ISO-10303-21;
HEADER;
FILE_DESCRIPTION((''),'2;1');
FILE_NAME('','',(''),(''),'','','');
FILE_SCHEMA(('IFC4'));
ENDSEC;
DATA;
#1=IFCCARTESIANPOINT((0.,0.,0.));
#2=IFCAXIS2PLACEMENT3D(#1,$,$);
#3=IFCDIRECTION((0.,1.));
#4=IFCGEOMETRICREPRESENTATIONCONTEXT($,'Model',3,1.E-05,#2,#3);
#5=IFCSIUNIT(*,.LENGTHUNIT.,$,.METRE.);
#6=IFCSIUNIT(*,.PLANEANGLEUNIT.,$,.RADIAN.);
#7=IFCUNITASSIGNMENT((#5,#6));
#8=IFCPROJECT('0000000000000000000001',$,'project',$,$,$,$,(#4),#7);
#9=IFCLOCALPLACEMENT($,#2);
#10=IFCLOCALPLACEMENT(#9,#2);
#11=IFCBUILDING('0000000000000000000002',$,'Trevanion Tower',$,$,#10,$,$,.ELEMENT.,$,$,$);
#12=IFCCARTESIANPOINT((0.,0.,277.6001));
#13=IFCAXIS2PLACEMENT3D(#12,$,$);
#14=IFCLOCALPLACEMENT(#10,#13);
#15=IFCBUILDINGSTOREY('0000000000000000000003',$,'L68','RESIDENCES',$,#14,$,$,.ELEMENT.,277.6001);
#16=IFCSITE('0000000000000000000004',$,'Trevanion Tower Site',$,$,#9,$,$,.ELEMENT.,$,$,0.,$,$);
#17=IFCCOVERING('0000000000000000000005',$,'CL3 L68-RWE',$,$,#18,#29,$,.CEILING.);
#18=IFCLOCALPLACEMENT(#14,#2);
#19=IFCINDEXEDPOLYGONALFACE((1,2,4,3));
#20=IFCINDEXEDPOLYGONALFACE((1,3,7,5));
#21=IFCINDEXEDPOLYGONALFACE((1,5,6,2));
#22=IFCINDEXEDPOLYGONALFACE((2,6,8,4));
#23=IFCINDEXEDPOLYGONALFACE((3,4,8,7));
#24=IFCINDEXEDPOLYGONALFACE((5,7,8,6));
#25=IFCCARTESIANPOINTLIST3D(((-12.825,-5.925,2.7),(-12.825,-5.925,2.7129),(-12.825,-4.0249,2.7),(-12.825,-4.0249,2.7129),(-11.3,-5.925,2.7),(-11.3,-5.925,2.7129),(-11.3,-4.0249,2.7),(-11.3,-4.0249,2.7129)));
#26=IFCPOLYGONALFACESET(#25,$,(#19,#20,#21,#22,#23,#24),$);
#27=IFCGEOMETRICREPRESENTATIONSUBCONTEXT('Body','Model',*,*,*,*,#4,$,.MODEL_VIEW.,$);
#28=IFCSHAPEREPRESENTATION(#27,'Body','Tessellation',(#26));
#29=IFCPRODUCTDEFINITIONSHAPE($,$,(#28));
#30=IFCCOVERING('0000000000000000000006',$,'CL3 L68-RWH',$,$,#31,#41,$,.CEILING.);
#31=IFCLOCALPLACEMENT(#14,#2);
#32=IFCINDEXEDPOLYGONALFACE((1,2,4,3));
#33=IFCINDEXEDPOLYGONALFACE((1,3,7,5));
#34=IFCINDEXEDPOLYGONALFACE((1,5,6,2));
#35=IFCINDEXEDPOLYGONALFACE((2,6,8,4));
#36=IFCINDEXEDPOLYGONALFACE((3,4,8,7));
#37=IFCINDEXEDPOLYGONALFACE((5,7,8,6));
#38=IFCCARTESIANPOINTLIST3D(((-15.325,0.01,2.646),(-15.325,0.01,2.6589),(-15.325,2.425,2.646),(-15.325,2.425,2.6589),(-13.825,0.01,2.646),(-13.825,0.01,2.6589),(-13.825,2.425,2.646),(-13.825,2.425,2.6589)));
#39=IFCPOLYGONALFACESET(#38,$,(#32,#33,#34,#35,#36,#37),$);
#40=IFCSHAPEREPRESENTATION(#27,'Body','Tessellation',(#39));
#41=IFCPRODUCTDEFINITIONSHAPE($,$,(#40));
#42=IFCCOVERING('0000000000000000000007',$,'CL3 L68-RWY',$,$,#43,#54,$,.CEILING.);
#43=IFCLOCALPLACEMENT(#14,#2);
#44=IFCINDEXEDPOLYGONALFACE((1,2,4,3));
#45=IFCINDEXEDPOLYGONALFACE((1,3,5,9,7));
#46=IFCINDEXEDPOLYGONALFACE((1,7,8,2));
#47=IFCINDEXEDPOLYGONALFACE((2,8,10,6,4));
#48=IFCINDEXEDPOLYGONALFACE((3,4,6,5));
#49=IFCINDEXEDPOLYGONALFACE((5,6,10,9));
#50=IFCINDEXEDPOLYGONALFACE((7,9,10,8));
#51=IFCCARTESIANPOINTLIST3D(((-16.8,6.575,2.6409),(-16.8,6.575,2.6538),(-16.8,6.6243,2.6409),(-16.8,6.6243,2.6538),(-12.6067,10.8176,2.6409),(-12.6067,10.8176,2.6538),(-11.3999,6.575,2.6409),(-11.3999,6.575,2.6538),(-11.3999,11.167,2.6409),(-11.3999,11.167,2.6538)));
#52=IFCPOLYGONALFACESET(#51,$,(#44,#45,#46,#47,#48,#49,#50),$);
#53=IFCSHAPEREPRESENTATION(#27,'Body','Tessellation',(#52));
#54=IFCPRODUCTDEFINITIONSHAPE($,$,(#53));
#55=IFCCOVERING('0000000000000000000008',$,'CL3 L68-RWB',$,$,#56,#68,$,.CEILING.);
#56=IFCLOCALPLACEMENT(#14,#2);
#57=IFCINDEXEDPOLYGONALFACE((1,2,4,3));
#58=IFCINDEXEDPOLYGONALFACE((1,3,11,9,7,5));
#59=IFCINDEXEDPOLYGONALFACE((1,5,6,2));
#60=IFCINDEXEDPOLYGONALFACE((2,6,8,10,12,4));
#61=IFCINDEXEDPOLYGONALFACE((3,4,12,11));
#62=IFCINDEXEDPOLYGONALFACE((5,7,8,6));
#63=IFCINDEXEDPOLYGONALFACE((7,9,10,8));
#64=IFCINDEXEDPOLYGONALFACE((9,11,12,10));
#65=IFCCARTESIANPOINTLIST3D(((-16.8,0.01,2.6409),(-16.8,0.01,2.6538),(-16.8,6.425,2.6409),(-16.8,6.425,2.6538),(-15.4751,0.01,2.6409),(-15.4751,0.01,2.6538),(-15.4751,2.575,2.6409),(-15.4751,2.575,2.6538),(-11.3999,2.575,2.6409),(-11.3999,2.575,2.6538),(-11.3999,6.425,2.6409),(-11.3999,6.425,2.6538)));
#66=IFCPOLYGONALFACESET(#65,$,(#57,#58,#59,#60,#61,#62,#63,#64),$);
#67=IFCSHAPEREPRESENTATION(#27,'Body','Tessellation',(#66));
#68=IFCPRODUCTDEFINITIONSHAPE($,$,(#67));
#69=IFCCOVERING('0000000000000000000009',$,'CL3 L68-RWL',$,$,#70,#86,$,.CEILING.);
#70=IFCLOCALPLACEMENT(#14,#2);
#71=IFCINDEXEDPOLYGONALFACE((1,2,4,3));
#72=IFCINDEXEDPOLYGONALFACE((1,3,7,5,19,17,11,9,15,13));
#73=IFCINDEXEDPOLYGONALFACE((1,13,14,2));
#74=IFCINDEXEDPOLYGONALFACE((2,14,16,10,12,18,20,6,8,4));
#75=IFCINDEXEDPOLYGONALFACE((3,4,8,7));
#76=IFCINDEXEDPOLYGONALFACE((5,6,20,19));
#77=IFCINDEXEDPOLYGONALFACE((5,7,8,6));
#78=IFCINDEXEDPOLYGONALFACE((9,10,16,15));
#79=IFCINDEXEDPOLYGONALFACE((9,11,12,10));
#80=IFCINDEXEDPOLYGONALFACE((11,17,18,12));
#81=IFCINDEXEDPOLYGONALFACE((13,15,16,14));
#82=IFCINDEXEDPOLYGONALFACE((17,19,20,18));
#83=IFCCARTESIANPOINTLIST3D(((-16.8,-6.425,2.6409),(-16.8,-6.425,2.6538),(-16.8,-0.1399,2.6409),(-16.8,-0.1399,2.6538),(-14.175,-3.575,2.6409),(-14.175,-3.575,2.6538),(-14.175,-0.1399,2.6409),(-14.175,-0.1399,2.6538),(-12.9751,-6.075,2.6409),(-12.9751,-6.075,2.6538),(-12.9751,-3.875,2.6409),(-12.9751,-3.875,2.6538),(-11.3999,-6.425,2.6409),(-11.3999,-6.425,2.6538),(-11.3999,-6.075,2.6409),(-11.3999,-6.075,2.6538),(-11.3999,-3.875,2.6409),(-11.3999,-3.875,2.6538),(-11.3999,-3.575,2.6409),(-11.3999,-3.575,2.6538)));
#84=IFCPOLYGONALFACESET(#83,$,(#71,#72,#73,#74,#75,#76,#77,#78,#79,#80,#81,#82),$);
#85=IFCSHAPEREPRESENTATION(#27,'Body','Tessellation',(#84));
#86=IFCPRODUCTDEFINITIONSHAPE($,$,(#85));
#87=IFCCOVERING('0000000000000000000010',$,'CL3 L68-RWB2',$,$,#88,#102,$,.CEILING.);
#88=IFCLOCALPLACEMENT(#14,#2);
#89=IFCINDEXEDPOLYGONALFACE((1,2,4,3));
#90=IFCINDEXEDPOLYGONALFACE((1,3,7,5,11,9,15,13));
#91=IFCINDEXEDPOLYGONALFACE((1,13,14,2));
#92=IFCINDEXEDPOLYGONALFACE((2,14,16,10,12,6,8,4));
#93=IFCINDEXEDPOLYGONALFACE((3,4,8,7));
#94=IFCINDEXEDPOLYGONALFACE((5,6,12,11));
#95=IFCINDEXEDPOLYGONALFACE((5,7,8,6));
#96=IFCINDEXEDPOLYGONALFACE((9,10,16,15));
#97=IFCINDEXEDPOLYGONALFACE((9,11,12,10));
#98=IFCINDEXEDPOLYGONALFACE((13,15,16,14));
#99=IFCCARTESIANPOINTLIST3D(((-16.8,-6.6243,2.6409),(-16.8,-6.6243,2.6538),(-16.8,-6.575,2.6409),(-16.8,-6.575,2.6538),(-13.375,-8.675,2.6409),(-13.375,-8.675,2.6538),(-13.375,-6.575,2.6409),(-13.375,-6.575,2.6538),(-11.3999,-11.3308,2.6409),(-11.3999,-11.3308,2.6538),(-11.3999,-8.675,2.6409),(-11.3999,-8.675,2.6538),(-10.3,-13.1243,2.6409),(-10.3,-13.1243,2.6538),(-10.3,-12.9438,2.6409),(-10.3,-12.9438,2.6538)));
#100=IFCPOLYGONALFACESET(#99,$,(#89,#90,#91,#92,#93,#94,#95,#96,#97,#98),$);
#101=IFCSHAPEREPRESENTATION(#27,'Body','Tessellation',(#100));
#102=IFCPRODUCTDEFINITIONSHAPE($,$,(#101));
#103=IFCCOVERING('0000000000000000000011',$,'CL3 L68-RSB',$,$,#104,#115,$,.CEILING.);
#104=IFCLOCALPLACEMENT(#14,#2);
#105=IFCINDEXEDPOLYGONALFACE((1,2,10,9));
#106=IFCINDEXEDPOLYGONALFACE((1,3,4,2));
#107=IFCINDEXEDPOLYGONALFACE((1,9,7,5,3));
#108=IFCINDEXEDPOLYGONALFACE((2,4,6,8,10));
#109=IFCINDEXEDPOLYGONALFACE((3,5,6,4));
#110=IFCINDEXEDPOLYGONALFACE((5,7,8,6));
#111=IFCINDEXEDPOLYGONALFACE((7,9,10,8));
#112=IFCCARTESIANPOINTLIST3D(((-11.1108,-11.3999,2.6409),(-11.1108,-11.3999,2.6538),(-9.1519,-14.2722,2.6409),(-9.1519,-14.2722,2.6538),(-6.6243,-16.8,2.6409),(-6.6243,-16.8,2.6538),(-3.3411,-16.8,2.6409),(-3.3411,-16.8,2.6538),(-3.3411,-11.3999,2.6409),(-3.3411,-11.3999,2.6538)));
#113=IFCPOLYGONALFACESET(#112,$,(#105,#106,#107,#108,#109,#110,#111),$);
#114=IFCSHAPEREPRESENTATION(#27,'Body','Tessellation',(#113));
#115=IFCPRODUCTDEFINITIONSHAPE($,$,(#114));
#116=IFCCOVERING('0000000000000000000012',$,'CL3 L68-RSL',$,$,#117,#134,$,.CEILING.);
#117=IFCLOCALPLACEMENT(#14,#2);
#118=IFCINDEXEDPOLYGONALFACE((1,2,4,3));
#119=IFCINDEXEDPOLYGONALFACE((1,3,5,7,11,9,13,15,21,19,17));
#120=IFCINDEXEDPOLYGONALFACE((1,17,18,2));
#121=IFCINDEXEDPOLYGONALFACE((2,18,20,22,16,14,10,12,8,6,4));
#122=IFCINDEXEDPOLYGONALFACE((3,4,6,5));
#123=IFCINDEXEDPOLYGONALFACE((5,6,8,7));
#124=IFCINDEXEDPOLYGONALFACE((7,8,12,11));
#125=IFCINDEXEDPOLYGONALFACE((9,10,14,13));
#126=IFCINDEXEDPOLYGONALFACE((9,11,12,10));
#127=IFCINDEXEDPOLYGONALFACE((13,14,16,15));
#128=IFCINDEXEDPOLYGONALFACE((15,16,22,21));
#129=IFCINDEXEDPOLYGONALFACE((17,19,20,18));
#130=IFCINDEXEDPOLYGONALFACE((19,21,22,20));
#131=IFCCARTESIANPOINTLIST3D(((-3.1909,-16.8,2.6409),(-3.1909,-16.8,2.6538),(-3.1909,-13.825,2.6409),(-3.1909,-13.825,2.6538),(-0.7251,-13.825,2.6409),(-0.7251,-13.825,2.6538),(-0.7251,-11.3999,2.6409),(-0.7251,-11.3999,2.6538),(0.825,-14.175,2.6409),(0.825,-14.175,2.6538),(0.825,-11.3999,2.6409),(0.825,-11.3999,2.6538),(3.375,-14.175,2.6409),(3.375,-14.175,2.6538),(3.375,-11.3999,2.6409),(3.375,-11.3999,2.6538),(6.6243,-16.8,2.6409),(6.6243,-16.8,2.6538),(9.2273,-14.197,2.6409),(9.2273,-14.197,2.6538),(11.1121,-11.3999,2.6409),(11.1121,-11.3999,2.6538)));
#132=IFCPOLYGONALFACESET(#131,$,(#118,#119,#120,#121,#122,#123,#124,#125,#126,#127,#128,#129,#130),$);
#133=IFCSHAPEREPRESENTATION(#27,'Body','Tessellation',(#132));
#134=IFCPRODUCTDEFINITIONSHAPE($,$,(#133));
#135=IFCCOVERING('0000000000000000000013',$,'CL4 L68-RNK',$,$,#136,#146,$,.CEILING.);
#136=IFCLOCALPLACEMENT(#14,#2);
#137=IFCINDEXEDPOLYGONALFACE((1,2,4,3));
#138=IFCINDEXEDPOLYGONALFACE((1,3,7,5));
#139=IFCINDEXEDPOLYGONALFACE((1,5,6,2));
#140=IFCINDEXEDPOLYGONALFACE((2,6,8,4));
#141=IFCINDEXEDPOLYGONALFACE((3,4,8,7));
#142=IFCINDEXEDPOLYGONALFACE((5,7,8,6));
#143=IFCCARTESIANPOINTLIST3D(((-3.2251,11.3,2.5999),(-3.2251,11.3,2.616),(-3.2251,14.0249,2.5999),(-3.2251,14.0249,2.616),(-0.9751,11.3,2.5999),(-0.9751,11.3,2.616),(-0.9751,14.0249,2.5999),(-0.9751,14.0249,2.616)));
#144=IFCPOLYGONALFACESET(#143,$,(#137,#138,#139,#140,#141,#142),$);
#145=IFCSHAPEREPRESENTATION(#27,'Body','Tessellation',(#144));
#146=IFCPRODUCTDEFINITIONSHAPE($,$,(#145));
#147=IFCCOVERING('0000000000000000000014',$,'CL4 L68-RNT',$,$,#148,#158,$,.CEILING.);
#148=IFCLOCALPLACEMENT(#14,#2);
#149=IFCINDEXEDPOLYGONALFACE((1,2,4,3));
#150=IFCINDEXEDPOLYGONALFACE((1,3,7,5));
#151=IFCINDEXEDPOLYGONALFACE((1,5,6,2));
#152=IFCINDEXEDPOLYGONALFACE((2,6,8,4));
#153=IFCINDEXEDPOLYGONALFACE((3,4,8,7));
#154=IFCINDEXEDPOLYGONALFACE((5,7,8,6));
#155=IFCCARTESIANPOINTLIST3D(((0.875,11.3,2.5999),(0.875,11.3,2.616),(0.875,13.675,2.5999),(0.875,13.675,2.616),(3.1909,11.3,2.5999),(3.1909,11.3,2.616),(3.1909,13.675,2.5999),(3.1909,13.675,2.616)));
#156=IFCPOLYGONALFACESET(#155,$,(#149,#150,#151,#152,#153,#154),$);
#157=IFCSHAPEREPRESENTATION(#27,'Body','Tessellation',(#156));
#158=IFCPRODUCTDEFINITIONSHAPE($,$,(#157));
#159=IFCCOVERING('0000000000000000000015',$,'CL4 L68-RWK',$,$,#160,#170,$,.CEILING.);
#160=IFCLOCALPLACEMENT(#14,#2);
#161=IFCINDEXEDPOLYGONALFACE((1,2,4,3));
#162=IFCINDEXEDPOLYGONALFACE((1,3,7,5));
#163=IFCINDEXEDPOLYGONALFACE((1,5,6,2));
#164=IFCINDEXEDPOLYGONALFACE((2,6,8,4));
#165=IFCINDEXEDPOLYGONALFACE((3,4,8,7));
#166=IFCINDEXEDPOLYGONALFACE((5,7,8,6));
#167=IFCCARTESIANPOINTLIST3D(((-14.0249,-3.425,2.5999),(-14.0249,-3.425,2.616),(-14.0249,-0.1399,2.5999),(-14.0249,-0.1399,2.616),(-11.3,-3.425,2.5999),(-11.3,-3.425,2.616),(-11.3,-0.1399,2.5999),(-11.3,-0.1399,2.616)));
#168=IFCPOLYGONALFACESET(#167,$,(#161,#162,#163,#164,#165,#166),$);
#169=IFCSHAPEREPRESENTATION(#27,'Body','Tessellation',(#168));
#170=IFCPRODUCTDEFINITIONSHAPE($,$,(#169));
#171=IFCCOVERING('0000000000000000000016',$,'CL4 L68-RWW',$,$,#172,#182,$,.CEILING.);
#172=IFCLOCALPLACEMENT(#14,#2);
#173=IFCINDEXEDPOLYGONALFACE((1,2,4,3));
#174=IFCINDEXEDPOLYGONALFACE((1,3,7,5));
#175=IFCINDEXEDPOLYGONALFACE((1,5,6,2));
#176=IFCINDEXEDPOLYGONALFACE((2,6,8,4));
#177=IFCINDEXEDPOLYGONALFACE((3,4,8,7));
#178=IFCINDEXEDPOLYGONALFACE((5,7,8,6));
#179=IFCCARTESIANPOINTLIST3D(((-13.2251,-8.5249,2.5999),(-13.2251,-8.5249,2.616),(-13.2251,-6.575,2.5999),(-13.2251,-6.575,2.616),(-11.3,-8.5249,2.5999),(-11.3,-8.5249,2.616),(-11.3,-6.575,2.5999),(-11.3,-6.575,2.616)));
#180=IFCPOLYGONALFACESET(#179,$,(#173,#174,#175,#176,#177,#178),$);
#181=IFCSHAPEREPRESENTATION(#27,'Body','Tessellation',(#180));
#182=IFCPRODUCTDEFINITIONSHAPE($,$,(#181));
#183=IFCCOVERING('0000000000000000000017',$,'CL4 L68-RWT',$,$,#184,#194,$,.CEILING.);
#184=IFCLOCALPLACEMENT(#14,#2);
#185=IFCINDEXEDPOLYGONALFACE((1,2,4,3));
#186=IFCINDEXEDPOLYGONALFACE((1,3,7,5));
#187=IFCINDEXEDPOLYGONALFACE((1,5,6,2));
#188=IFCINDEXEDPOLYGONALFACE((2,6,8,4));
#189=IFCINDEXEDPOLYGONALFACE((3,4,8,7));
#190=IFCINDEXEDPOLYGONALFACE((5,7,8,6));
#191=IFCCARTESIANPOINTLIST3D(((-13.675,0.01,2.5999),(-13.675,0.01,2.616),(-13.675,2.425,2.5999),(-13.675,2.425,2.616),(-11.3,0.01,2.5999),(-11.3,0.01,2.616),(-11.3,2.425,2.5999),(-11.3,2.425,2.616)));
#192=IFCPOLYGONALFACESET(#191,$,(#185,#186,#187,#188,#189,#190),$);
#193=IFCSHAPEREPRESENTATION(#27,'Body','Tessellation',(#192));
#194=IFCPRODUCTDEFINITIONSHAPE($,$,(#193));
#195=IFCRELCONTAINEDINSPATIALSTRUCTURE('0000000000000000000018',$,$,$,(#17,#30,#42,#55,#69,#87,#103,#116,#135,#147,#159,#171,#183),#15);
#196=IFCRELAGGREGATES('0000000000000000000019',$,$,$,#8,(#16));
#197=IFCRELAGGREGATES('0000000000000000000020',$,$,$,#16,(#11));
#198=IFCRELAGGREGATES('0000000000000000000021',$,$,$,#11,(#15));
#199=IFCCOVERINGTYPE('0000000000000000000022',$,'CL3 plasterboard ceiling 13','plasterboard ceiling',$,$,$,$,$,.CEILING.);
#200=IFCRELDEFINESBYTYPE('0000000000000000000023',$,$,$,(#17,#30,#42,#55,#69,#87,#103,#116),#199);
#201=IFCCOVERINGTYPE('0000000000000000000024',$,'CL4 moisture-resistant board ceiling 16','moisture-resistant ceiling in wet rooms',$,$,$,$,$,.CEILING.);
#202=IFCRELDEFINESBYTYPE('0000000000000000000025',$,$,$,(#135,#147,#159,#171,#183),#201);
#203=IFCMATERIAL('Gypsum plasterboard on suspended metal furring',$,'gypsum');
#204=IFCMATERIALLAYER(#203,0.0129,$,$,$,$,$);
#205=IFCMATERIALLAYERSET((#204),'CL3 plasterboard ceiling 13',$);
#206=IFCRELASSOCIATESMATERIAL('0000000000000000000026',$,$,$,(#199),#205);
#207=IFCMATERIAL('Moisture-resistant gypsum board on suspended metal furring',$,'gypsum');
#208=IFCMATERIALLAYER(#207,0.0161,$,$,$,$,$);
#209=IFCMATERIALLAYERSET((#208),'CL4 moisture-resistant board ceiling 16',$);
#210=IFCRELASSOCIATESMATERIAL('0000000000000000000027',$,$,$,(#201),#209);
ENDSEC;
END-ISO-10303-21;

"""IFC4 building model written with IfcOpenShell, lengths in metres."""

from ifc_helpers import new_model, si_unit, direction, frame, origin, place, context, subcontext, project, spatial, polyline, outline, extrude, material, layer, layer_set, type_object, element, save


model = new_model("IFC4")

# Units and contexts
model_context = context("Model", 3, precision=1e-05, world=origin(), true_north=direction((0.0, 1.0)))
body_context = subcontext(model_context, "Body", "Model", "MODEL_VIEW")
ifc_project = project(units=[si_unit("LENGTHUNIT", "METRE"), si_unit("PLANEANGLEUNIT", "RADIAN")], contexts=[model_context])

# Site, building, storey
site_placement = place(None, origin())
site = spatial("IfcSite", under=ifc_project, at=site_placement, Name="Trevanion Tower Site", CompositionType="ELEMENT", RefElevation=0.0)
building_placement = place(site_placement, origin())
building = spatial("IfcBuilding", under=site, at=building_placement, Name="Trevanion Tower", CompositionType="ELEMENT")
storey_placement = place(building_placement, frame((0.0, 0.0, 277.6001)))
storey = spatial("IfcBuildingStorey", under=building, at=storey_placement, Name="L68", Description="RESIDENCES", CompositionType="ELEMENT", Elevation=277.6001)

# Coverings
ifc_material_1 = material(Name="Gypsum plasterboard on suspended metal furring", Category="gypsum")
ifc_layer_1 = layer(ifc_material_1, 0.0129)
ifc_layer_set_1 = layer_set([ifc_layer_1], Name="CL3 plasterboard ceiling 13")
covering_type_1 = type_object("IfcCoveringType", Name="CL3 plasterboard ceiling 13", Description="plasterboard ceiling", PredefinedType="CEILING", material=ifc_layer_set_1)
covering_1_placement = place(storey_placement, frame((0.0, 0.0, 2.7)))
element("IfcCovering", 1, at=covering_1_placement, inside=storey, type_object=covering_type_1, Name="CL3 L68-RWE", PredefinedType="CEILING", context=body_context, shape_type="SweptSolid", body=[
    extrude(outline(polyline([(-12.825, -4.0249), (-12.825, -5.925), (-11.3, -5.925), (-11.3, -4.0249), (-12.825, -4.0249)])), origin(), (0.0, 0.0, 1.0), 0.0129),
])
covering_2_placement = place(storey_placement, frame((0.0, 0.0, 2.646)))
element("IfcCovering", 2, at=covering_2_placement, inside=storey, type_object=covering_type_1, Name="CL3 L68-RWH", PredefinedType="CEILING", context=body_context, shape_type="SweptSolid", body=[
    extrude(outline(polyline([(-15.325, 2.425), (-15.325, 0.01), (-13.825, 0.01), (-13.825, 2.425), (-15.325, 2.425)])), origin(), (0.0, 0.0, 1.0), 0.0129),
])
covering_3_placement = place(storey_placement, frame((0.0, 0.0, 2.6409)))
element("IfcCovering", 3, at=covering_3_placement, inside=storey, type_object=covering_type_1, Name="CL3 L68-RWY", PredefinedType="CEILING", context=body_context, shape_type="SweptSolid", body=[
    extrude(outline(polyline([(-12.6067, 10.8176), (-11.3999, 11.167), (-11.3999, 6.575), (-16.8, 6.575), (-16.8, 6.6243), (-12.6067, 10.8176)])), origin(), (0.0, 0.0, 1.0), 0.0129),
])
covering_4_placement = place(storey_placement, frame((0.0, 0.0, 2.6409)))
element("IfcCovering", 4, at=covering_4_placement, inside=storey, type_object=covering_type_1, Name="CL3 L68-RWB", PredefinedType="CEILING", context=body_context, shape_type="SweptSolid", body=[
    extrude(outline(polyline([(-11.3999, 6.425), (-11.3999, 2.575), (-15.4751, 2.575), (-15.4751, 0.01), (-16.8, 0.01), (-16.8, 6.425), (-11.3999, 6.425)])), origin(), (0.0, 0.0, 1.0), 0.0129),
])
covering_5_placement = place(storey_placement, frame((0.0, 0.0, 2.6409)))
element("IfcCovering", 5, at=covering_5_placement, inside=storey, type_object=covering_type_1, Name="CL3 L68-RWL", PredefinedType="CEILING", context=body_context, shape_type="SweptSolid", body=[
    extrude(outline(polyline([(-14.175, -0.1399), (-14.175, -3.575), (-11.3999, -3.575), (-11.3999, -3.875), (-12.9751, -3.875), (-12.9751, -6.075), (-11.3999, -6.075), (-11.3999, -6.425), (-16.8, -6.425), (-16.8, -0.1399), (-14.175, -0.1399)])), origin(), (0.0, 0.0, 1.0), 0.0129),
])
covering_6_placement = place(storey_placement, frame((0.0, 0.0, 2.6409)))
element("IfcCovering", 6, at=covering_6_placement, inside=storey, type_object=covering_type_1, Name="CL3 L68-RWB2", PredefinedType="CEILING", context=body_context, shape_type="SweptSolid", body=[
    extrude(outline(polyline([(-13.375, -6.575), (-13.375, -8.675), (-11.3999, -8.675), (-11.3999, -11.3308), (-10.3, -12.9438), (-10.3, -13.1243), (-16.8, -6.6243), (-16.8, -6.575), (-13.375, -6.575)])), origin(), (0.0, 0.0, 1.0), 0.0129),
])
covering_7_placement = place(storey_placement, frame((0.0, 0.0, 2.6409)))
element("IfcCovering", 7, at=covering_7_placement, inside=storey, type_object=covering_type_1, Name="CL3 L68-RSB", PredefinedType="CEILING", context=body_context, shape_type="SweptSolid", body=[
    extrude(outline(polyline([(-11.1108, -11.3999), (-3.3411, -11.3999), (-3.3411, -16.8), (-6.6243, -16.8), (-9.1519, -14.2722), (-11.1108, -11.3999)])), origin(), (0.0, 0.0, 1.0), 0.0129),
])
covering_8_placement = place(storey_placement, frame((0.0, 0.0, 2.6409)))
element("IfcCovering", 8, at=covering_8_placement, inside=storey, type_object=covering_type_1, Name="CL3 L68-RSL", PredefinedType="CEILING", context=body_context, shape_type="SweptSolid", body=[
    extrude(outline(polyline([(9.2273, -14.197), (6.6243, -16.8), (-3.1909, -16.8), (-3.1909, -13.825), (-0.7251, -13.825), (-0.7251, -11.3999), (0.825, -11.3999), (0.825, -14.175), (3.375, -14.175), (3.375, -11.3999), (11.1121, -11.3999), (9.2273, -14.197)])), origin(), (0.0, 0.0, 1.0), 0.0129),
])
ifc_material_2 = material(Name="Moisture-resistant gypsum board on suspended metal furring", Category="gypsum")
ifc_layer_2 = layer(ifc_material_2, 0.0161)
ifc_layer_set_2 = layer_set([ifc_layer_2], Name="CL4 moisture-resistant board ceiling 16")
covering_type_2 = type_object("IfcCoveringType", Name="CL4 moisture-resistant board ceiling 16", Description="moisture-resistant ceiling in wet rooms", PredefinedType="CEILING", material=ifc_layer_set_2)
covering_9_placement = place(storey_placement, frame((0.0, 0.0, 2.5999)))
element("IfcCovering", 9, at=covering_9_placement, inside=storey, type_object=covering_type_2, Name="CL4 L68-RNK", PredefinedType="CEILING", context=body_context, shape_type="SweptSolid", body=[
    extrude(outline(polyline([(-0.9751, 14.0249), (-3.2251, 14.0249), (-3.2251, 11.3), (-0.9751, 11.3), (-0.9751, 14.0249)])), origin(), (0.0, 0.0, 1.0), 0.0161),
])
covering_10_placement = place(storey_placement, frame((0.0, 0.0, 2.5999)))
element("IfcCovering", 10, at=covering_10_placement, inside=storey, type_object=covering_type_2, Name="CL4 L68-RNT", PredefinedType="CEILING", context=body_context, shape_type="SweptSolid", body=[
    extrude(outline(polyline([(3.1909, 13.675), (0.875, 13.675), (0.875, 11.3), (3.1909, 11.3), (3.1909, 13.675)])), origin(), (0.0, 0.0, 1.0), 0.0161),
])
covering_11_placement = place(storey_placement, frame((0.0, 0.0, 2.5999)))
element("IfcCovering", 11, at=covering_11_placement, inside=storey, type_object=covering_type_2, Name="CL4 L68-RWK", PredefinedType="CEILING", context=body_context, shape_type="SweptSolid", body=[
    extrude(outline(polyline([(-14.0249, -0.1399), (-14.0249, -3.425), (-11.3, -3.425), (-11.3, -0.1399), (-14.0249, -0.1399)])), origin(), (0.0, 0.0, 1.0), 0.0161),
])
covering_12_placement = place(storey_placement, frame((0.0, 0.0, 2.5999)))
element("IfcCovering", 12, at=covering_12_placement, inside=storey, type_object=covering_type_2, Name="CL4 L68-RWW", PredefinedType="CEILING", context=body_context, shape_type="SweptSolid", body=[
    extrude(outline(polyline([(-13.2251, -6.575), (-13.2251, -8.5249), (-11.3, -8.5249), (-11.3, -6.575), (-13.2251, -6.575)])), origin(), (0.0, 0.0, 1.0), 0.0161),
])
covering_13_placement = place(storey_placement, frame((0.0, 0.0, 2.5999)))
element("IfcCovering", 13, at=covering_13_placement, inside=storey, type_object=covering_type_2, Name="CL4 L68-RWT", PredefinedType="CEILING", context=body_context, shape_type="SweptSolid", body=[
    extrude(outline(polyline([(-13.675, 2.425), (-13.675, 0.01), (-11.3, 0.01), (-11.3, 2.425), (-13.675, 2.425)])), origin(), (0.0, 0.0, 1.0), 0.0161),
])

save(model, "model.ifc")
